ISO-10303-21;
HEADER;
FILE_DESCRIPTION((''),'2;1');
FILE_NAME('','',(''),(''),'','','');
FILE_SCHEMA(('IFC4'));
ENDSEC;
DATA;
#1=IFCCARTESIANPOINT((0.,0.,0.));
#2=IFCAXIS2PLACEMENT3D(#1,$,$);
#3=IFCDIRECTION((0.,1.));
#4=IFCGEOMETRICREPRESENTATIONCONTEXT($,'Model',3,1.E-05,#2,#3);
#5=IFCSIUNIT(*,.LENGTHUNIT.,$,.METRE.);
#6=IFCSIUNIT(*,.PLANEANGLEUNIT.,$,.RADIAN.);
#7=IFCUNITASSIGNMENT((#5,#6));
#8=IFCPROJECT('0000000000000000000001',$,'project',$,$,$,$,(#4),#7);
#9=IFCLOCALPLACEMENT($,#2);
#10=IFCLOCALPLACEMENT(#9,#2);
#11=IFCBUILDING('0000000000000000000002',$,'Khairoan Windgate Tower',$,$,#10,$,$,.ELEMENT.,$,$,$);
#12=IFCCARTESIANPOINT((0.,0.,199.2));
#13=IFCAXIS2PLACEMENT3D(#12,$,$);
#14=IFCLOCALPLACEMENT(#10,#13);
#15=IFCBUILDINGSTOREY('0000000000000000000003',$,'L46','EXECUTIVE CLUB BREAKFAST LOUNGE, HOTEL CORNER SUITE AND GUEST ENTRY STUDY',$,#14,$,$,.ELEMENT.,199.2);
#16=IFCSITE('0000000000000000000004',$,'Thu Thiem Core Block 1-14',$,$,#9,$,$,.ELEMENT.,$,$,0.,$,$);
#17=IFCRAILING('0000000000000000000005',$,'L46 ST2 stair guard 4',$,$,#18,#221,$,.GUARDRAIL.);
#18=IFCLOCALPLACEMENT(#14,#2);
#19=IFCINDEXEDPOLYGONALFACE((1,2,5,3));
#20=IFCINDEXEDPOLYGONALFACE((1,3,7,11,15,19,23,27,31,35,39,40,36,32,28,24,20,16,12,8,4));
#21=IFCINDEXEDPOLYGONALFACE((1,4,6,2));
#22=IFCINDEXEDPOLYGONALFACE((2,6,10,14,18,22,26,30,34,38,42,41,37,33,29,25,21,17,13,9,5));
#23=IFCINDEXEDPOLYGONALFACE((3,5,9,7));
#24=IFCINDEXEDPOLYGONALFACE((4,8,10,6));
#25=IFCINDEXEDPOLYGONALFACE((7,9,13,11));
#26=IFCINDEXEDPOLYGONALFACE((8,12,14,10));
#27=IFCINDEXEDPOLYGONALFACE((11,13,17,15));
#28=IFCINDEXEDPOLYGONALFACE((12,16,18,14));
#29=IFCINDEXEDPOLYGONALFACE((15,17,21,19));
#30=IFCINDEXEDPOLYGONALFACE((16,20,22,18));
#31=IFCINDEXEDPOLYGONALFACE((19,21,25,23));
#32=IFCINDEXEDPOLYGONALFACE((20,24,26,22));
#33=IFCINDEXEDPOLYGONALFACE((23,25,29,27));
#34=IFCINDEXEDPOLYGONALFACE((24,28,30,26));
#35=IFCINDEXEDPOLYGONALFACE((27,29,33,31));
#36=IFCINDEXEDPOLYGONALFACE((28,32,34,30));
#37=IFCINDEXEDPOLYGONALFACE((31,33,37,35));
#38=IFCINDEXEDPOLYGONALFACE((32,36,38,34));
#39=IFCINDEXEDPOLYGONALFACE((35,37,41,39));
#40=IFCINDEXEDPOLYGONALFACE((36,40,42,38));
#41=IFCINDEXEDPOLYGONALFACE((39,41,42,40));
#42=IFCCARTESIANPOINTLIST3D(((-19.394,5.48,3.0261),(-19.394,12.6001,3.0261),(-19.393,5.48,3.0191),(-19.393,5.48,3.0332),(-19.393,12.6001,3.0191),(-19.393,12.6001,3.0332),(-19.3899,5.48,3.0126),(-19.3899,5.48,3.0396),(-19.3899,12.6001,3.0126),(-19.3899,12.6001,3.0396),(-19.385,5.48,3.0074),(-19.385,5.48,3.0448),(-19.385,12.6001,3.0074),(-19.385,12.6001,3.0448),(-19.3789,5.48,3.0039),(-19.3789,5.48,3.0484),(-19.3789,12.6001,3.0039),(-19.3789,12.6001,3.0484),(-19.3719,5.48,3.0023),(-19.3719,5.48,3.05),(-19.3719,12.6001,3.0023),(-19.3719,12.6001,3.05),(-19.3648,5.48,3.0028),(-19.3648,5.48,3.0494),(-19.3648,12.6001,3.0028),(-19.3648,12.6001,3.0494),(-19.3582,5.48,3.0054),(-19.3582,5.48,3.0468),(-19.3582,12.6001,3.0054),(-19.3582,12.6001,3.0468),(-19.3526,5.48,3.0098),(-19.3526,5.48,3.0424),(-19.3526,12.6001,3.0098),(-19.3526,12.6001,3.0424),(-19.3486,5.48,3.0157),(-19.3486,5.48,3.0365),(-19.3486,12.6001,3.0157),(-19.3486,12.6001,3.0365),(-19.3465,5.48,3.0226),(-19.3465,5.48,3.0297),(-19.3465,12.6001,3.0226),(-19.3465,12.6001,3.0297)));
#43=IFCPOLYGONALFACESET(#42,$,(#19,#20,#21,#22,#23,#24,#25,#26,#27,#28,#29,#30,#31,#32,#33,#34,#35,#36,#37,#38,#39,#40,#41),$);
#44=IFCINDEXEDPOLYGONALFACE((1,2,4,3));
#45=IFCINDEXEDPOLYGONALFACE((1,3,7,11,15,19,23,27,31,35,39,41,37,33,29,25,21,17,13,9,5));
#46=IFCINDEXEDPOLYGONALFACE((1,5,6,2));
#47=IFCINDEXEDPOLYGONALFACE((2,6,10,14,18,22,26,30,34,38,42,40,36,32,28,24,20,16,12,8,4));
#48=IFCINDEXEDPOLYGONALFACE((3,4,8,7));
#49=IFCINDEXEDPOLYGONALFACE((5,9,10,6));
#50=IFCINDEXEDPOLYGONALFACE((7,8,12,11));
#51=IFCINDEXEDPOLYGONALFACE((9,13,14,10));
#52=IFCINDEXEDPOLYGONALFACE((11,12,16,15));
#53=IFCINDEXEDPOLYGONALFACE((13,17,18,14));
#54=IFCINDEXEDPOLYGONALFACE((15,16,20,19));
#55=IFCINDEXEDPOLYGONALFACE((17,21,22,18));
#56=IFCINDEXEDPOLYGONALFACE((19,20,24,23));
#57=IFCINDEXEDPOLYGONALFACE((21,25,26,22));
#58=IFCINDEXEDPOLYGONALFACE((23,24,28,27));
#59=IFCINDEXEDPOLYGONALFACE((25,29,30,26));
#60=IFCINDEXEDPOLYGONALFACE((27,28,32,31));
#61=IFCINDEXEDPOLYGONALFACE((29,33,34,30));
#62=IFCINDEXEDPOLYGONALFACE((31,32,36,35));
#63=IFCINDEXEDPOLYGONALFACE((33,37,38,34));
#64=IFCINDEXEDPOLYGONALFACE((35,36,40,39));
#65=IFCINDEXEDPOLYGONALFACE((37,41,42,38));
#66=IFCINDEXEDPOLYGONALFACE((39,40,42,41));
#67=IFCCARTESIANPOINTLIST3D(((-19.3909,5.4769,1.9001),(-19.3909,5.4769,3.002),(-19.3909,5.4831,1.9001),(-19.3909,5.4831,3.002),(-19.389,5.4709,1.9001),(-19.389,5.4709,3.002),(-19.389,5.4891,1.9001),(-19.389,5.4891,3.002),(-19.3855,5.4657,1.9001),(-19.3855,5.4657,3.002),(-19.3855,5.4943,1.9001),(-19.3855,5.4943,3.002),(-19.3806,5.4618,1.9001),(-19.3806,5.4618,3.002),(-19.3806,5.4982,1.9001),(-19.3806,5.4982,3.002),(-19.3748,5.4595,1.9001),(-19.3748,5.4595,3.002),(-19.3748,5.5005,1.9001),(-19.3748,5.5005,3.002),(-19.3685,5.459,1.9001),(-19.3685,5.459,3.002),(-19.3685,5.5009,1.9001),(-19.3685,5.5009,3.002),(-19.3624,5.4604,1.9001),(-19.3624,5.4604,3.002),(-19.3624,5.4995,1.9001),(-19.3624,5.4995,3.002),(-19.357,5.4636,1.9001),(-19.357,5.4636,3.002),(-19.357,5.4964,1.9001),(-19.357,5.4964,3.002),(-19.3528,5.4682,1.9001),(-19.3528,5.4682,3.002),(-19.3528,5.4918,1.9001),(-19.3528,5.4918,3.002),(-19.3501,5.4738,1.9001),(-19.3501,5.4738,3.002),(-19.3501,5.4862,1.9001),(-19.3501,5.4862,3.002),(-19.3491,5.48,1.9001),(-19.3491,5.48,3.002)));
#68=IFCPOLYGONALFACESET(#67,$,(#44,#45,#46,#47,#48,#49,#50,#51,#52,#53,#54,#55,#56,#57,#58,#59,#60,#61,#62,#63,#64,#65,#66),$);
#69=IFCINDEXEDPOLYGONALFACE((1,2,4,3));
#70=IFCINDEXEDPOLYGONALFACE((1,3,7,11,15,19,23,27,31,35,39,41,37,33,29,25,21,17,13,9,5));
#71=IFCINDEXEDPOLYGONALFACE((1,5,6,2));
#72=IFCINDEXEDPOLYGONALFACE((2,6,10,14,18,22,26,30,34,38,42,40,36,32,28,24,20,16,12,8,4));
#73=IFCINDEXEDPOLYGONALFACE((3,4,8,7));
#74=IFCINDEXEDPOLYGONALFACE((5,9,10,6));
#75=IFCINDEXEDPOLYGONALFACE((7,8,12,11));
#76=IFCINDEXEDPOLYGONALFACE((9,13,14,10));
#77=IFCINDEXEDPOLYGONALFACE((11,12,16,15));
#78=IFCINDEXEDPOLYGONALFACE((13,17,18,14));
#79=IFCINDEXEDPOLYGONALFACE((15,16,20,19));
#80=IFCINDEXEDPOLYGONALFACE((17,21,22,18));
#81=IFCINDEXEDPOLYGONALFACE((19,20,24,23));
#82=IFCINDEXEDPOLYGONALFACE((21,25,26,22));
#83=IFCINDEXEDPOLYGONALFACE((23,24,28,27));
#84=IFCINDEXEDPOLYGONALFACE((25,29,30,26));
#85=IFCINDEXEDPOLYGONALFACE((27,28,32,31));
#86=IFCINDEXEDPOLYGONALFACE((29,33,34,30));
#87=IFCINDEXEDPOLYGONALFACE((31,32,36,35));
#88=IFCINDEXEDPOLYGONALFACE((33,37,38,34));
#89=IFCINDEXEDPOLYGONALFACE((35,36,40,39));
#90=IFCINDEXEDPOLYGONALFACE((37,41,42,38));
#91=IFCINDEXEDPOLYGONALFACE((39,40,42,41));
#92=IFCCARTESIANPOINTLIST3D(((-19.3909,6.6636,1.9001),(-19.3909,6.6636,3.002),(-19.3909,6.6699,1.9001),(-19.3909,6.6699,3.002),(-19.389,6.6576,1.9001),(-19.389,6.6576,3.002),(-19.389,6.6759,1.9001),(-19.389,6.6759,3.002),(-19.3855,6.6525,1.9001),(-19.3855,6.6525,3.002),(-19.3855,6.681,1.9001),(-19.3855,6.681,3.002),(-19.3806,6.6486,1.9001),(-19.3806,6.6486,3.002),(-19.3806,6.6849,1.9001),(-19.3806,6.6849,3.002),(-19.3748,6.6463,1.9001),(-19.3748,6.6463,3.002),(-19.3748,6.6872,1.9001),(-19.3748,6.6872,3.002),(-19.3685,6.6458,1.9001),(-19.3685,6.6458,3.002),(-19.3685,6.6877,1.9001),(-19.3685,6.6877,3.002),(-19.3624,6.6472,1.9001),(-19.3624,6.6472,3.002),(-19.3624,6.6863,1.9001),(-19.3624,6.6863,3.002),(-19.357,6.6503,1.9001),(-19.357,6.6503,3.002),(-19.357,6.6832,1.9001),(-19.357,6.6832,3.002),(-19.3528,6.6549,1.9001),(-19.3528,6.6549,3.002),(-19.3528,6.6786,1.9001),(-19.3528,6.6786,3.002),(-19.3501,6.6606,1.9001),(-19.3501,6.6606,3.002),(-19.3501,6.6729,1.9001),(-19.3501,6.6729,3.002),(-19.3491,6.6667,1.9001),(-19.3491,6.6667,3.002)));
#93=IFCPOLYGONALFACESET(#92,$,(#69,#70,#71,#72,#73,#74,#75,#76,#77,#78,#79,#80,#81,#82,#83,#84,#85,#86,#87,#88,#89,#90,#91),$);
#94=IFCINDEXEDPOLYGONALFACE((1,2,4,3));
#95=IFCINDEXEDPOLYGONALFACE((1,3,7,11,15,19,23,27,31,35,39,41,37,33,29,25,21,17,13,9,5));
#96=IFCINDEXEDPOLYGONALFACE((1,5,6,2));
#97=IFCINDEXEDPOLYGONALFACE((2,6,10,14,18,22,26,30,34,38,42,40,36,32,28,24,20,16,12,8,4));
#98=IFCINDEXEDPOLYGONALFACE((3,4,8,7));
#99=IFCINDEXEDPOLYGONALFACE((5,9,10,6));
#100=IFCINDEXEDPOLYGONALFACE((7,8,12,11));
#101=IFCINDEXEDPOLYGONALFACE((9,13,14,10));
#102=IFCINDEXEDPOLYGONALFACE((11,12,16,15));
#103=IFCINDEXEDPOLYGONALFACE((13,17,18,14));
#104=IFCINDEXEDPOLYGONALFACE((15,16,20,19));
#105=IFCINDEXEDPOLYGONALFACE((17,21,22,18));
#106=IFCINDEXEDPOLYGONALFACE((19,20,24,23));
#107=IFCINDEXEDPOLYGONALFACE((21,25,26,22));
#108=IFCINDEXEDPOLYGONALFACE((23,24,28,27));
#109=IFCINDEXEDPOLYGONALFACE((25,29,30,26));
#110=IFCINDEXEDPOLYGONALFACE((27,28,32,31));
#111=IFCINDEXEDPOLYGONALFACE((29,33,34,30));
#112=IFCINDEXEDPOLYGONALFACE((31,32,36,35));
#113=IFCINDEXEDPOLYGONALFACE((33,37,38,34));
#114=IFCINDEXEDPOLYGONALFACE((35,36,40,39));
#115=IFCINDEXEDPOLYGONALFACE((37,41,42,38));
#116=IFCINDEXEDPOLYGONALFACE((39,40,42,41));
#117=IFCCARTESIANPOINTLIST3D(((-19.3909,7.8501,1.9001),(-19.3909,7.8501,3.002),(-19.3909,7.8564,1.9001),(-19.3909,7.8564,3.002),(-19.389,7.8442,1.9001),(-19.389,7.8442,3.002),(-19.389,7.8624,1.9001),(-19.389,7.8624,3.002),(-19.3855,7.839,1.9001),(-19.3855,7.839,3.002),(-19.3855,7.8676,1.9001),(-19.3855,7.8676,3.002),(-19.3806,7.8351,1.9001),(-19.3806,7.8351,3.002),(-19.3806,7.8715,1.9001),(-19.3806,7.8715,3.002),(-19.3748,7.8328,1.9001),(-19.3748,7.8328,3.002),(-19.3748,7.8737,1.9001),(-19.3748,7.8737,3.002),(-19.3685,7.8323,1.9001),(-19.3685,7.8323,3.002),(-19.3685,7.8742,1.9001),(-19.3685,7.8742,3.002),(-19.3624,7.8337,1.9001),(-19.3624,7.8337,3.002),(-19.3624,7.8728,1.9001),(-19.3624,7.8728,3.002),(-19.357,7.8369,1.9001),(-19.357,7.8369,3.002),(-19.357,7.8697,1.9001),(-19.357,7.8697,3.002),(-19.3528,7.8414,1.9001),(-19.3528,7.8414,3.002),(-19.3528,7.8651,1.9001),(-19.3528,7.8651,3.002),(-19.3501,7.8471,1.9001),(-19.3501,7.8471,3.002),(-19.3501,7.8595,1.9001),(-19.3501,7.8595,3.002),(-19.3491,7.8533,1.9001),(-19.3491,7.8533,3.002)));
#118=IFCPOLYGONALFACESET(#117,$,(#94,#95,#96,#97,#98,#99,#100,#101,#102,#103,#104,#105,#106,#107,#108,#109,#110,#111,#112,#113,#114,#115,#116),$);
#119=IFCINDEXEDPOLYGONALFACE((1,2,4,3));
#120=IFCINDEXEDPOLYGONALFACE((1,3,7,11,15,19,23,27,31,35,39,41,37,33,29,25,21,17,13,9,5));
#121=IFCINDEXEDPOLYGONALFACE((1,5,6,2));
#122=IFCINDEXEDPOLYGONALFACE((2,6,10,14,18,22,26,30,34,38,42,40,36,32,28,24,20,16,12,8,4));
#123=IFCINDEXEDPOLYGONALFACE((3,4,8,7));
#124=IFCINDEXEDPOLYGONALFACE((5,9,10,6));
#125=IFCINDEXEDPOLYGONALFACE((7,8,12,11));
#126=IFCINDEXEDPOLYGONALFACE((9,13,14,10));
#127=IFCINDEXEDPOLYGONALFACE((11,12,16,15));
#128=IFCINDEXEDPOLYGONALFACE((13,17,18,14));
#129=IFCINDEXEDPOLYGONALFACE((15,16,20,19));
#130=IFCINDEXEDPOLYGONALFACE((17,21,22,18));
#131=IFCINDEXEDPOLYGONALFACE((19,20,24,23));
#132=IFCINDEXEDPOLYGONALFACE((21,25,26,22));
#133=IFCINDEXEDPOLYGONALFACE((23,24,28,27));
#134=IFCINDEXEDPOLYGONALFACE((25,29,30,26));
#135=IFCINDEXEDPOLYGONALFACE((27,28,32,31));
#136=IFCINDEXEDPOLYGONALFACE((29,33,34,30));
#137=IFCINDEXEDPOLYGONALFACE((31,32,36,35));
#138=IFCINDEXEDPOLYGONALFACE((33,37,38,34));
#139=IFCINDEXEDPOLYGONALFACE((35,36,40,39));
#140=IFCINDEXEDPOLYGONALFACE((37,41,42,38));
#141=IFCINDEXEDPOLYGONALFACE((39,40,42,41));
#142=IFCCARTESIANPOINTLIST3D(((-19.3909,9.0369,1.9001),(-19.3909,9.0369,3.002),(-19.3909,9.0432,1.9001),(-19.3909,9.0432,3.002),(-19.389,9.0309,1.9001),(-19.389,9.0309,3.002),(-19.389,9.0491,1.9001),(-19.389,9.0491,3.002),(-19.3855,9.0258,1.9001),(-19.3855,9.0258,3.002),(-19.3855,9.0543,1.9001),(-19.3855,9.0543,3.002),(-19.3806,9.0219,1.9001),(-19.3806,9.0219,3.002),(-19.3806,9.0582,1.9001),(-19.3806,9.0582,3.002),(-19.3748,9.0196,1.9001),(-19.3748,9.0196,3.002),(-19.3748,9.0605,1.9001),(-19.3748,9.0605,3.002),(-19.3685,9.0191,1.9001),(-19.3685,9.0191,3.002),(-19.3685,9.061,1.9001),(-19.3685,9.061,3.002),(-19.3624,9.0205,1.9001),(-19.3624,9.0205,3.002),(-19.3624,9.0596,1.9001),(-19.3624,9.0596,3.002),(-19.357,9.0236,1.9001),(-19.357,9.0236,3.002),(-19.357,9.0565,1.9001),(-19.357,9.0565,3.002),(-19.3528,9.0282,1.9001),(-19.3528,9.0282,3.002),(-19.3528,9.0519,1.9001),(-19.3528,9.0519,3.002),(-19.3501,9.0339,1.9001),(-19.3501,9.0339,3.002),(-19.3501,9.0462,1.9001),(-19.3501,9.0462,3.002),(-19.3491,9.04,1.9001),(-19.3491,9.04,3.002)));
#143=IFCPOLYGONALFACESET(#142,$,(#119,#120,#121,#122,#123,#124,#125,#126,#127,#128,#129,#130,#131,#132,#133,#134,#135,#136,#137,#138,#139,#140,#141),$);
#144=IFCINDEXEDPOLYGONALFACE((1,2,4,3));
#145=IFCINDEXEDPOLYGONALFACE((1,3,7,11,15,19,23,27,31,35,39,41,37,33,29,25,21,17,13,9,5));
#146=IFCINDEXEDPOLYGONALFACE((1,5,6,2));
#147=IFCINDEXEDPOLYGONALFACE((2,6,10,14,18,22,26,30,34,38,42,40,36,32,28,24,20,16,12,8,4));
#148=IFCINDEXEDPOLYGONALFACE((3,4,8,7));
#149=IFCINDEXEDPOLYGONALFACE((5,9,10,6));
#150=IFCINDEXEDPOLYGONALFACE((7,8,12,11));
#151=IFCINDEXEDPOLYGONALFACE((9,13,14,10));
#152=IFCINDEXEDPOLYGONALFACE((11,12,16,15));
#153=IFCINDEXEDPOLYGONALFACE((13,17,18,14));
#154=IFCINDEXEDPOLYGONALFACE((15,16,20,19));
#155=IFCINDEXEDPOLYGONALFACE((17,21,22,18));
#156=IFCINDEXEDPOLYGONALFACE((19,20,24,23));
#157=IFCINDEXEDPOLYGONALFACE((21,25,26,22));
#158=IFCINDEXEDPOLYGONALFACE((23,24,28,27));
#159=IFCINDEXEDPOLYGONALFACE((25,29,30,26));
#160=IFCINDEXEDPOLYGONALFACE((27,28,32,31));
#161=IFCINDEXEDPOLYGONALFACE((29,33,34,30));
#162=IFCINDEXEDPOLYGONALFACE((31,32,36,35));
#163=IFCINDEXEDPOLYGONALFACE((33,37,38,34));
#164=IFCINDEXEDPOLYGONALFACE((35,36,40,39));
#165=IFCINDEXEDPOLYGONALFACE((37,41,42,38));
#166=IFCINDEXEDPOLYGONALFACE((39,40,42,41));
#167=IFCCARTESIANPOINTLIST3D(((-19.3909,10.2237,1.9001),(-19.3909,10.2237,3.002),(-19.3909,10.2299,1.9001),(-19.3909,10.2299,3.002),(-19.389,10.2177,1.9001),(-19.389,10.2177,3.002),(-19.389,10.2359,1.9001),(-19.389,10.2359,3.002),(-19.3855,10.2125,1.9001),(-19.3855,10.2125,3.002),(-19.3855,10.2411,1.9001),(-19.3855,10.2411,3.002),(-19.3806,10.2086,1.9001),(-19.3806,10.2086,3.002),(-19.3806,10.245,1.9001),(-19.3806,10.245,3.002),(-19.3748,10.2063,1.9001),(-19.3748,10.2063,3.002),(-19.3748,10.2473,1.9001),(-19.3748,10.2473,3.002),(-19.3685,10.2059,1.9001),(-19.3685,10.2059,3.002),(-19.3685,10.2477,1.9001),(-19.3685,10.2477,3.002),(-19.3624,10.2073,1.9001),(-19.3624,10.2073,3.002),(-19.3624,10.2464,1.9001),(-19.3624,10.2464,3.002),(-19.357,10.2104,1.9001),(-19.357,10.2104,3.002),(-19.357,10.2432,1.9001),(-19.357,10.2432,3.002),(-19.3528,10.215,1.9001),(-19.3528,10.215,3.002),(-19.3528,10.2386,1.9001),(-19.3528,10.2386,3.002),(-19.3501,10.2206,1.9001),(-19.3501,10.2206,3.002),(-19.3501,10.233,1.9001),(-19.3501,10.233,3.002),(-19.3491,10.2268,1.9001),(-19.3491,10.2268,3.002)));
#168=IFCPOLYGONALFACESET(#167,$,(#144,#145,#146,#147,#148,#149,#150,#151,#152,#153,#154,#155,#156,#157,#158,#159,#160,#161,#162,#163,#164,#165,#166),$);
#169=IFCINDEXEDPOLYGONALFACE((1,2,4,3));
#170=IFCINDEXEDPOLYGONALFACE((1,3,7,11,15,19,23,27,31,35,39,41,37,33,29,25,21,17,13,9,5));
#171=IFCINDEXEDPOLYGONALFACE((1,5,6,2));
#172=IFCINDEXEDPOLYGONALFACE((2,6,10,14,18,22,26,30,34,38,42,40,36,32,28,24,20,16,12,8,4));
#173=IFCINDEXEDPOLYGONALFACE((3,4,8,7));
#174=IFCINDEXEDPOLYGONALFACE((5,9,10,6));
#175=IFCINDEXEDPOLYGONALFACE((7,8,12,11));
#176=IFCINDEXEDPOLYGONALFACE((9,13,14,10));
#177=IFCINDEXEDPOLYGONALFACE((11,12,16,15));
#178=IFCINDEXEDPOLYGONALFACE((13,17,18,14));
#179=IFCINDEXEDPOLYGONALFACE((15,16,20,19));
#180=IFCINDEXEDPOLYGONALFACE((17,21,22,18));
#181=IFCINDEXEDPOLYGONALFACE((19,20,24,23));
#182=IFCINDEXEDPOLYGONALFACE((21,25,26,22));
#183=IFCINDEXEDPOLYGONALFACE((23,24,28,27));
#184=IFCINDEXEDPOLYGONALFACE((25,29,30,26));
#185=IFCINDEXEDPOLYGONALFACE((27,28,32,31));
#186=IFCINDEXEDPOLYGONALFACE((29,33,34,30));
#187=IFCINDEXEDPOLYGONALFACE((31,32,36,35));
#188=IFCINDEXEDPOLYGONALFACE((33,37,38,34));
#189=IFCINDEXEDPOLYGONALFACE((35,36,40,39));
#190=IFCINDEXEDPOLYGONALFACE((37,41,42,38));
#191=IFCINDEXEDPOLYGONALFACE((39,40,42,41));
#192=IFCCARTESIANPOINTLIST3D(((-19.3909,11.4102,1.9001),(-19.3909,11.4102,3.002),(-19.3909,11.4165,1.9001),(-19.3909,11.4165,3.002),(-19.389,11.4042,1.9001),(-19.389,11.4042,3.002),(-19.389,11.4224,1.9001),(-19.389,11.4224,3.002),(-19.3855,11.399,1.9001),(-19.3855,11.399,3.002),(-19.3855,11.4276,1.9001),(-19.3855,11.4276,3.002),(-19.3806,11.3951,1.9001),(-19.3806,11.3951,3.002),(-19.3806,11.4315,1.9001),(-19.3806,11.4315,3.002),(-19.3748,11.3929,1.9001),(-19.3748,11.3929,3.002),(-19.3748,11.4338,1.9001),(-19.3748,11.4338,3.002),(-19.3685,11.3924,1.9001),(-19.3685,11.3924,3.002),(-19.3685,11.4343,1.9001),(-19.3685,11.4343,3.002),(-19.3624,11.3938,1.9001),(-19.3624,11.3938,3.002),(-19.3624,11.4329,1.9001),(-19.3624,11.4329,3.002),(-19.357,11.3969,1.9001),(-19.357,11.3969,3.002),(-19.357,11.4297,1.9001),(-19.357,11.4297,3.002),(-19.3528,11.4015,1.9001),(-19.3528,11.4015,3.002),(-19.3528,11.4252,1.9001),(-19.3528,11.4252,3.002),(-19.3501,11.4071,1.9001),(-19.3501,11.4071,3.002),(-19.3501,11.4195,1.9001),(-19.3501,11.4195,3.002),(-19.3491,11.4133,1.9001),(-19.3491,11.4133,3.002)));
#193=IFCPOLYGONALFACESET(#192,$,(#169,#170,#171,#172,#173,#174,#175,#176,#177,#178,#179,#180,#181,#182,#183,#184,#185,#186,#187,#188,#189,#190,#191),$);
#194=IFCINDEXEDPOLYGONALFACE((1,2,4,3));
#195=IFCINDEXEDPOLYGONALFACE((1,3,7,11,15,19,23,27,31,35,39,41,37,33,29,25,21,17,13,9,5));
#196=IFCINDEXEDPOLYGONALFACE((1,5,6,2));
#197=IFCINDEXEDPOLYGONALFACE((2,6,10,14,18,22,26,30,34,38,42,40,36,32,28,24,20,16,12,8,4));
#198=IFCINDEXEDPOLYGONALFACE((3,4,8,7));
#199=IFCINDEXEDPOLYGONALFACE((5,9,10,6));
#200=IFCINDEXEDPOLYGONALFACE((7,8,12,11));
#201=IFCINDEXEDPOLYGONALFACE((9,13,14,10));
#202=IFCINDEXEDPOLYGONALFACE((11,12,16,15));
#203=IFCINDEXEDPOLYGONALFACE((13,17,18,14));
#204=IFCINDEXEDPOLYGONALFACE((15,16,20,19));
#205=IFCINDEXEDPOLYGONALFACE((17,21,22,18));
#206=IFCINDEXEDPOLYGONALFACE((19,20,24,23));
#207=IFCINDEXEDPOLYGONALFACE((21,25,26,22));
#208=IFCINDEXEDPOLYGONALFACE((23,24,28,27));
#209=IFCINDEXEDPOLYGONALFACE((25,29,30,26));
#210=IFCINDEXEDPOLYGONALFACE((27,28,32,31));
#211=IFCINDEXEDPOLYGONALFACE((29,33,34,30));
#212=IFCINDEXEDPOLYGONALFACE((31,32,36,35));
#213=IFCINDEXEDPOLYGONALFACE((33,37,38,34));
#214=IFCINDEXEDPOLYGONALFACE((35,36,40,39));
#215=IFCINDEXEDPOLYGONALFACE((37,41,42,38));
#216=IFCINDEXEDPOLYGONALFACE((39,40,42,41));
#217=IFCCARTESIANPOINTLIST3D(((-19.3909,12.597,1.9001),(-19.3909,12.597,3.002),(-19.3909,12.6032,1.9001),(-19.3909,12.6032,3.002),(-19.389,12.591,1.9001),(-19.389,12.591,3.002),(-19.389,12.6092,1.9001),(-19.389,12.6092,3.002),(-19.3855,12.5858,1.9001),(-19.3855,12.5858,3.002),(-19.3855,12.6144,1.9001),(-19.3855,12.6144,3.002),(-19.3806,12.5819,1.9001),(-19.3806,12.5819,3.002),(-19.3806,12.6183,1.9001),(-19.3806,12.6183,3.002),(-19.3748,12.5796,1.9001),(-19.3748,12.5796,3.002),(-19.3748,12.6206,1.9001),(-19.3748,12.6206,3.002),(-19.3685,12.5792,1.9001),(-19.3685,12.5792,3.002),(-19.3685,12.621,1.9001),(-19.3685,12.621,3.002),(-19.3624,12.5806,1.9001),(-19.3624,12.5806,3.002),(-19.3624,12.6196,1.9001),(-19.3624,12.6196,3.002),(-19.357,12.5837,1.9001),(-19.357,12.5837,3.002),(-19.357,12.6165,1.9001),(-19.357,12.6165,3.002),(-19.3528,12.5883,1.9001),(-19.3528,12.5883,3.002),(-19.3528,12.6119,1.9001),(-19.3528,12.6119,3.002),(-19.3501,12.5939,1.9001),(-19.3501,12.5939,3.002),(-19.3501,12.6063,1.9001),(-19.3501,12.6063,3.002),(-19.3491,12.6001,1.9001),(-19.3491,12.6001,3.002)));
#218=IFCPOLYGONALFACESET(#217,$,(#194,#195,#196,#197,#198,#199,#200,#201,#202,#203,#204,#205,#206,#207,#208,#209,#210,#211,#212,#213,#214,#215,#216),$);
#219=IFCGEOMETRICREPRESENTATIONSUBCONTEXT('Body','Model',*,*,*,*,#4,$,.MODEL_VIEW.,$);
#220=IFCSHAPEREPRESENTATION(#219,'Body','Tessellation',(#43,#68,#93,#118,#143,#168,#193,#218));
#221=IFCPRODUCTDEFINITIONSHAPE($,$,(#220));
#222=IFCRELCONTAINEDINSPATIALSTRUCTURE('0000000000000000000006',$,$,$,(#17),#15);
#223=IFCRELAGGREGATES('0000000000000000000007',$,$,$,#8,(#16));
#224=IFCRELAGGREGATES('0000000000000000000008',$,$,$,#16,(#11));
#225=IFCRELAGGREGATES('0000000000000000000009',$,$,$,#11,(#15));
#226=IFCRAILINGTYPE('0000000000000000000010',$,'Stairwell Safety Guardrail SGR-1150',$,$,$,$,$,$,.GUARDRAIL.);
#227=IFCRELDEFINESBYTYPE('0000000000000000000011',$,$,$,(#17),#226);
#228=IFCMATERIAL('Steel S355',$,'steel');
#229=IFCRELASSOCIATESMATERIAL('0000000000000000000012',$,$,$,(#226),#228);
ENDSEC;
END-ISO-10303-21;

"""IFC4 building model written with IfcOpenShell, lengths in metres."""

from ifc_helpers import new_model, si_unit, direction, frame, origin, origin_2d, place, context, subcontext, project, spatial, circle, extrude, material, type_object, element, save


model = new_model("IFC4")

# Units and contexts
model_context = context("Model", 3, precision=1e-05, world=origin(), true_north=direction((0.0, 1.0)))
body_context = subcontext(model_context, "Body", "Model", "MODEL_VIEW")
ifc_project = project(units=[si_unit("LENGTHUNIT", "METRE"), si_unit("PLANEANGLEUNIT", "RADIAN")], contexts=[model_context])

# Site, building, storey
site_placement = place(None, origin())
site = spatial("IfcSite", under=ifc_project, at=site_placement, Name="Thu Thiem Core Block 1-14", CompositionType="ELEMENT", RefElevation=0.0)
building_placement = place(site_placement, origin())
building = spatial("IfcBuilding", under=site, at=building_placement, Name="Khairoan Windgate Tower", CompositionType="ELEMENT")
storey_placement = place(building_placement, frame((0.0, 0.0, 199.2)))
storey = spatial("IfcBuildingStorey", under=building, at=storey_placement, Name="L46", Description="EXECUTIVE CLUB BREAKFAST LOUNGE, HOTEL CORNER SUITE AND GUEST ENTRY STUDY", CompositionType="ELEMENT", Elevation=199.2)

# Railing
ifc_material_1 = material(Name="Steel S355", Category="steel")
railing_type_1 = type_object("IfcRailingType", Name="Stairwell Safety Guardrail SGR-1150", PredefinedType="GUARDRAIL", material=ifc_material_1)
railing_1_placement = place(storey_placement, frame((-19.3701, 5.48, 1.9001)))
element("IfcRailing", 1, at=railing_1_placement, inside=storey, type_object=railing_type_1, Name="L46 ST2 stair guard 4", PredefinedType="GUARDRAIL", context=body_context, shape_type="SweptSolid", body=[
    extrude(circle(Radius=0.0239, at=origin_2d()), frame((0.0, 0.0, 1.126), z_axis=(0.0, 1.0, 0.0), x_axis=(-1.0, 0.0, 0.0)), (0.0, 0.0, 1.0), 7.1201),
    extrude(circle(Radius=0.021, at=origin_2d()), origin(), (0.0, 0.0, 1.0), 1.1018),
    extrude(circle(Radius=0.021, at=origin_2d()), frame((0.0, 1.1868, 0.0)), (0.0, 0.0, 1.0), 1.1018),
    extrude(circle(Radius=0.021, at=origin_2d()), frame((0.0, 2.3733, 0.0)), (0.0, 0.0, 1.0), 1.1018),
    extrude(circle(Radius=0.021, at=origin_2d()), frame((0.0, 3.5601, 0.0)), (0.0, 0.0, 1.0), 1.1018),
    extrude(circle(Radius=0.021, at=origin_2d()), frame((0.0, 4.7468, 0.0)), (0.0, 0.0, 1.0), 1.1018),
    extrude(circle(Radius=0.021, at=origin_2d()), frame((0.0, 5.9333, 0.0)), (0.0, 0.0, 1.0), 1.1018),
    extrude(circle(Radius=0.021, at=origin_2d()), frame((0.0, 7.1201, 0.0)), (0.0, 0.0, 1.0), 1.1018),
])

save(model, "model.ifc")
